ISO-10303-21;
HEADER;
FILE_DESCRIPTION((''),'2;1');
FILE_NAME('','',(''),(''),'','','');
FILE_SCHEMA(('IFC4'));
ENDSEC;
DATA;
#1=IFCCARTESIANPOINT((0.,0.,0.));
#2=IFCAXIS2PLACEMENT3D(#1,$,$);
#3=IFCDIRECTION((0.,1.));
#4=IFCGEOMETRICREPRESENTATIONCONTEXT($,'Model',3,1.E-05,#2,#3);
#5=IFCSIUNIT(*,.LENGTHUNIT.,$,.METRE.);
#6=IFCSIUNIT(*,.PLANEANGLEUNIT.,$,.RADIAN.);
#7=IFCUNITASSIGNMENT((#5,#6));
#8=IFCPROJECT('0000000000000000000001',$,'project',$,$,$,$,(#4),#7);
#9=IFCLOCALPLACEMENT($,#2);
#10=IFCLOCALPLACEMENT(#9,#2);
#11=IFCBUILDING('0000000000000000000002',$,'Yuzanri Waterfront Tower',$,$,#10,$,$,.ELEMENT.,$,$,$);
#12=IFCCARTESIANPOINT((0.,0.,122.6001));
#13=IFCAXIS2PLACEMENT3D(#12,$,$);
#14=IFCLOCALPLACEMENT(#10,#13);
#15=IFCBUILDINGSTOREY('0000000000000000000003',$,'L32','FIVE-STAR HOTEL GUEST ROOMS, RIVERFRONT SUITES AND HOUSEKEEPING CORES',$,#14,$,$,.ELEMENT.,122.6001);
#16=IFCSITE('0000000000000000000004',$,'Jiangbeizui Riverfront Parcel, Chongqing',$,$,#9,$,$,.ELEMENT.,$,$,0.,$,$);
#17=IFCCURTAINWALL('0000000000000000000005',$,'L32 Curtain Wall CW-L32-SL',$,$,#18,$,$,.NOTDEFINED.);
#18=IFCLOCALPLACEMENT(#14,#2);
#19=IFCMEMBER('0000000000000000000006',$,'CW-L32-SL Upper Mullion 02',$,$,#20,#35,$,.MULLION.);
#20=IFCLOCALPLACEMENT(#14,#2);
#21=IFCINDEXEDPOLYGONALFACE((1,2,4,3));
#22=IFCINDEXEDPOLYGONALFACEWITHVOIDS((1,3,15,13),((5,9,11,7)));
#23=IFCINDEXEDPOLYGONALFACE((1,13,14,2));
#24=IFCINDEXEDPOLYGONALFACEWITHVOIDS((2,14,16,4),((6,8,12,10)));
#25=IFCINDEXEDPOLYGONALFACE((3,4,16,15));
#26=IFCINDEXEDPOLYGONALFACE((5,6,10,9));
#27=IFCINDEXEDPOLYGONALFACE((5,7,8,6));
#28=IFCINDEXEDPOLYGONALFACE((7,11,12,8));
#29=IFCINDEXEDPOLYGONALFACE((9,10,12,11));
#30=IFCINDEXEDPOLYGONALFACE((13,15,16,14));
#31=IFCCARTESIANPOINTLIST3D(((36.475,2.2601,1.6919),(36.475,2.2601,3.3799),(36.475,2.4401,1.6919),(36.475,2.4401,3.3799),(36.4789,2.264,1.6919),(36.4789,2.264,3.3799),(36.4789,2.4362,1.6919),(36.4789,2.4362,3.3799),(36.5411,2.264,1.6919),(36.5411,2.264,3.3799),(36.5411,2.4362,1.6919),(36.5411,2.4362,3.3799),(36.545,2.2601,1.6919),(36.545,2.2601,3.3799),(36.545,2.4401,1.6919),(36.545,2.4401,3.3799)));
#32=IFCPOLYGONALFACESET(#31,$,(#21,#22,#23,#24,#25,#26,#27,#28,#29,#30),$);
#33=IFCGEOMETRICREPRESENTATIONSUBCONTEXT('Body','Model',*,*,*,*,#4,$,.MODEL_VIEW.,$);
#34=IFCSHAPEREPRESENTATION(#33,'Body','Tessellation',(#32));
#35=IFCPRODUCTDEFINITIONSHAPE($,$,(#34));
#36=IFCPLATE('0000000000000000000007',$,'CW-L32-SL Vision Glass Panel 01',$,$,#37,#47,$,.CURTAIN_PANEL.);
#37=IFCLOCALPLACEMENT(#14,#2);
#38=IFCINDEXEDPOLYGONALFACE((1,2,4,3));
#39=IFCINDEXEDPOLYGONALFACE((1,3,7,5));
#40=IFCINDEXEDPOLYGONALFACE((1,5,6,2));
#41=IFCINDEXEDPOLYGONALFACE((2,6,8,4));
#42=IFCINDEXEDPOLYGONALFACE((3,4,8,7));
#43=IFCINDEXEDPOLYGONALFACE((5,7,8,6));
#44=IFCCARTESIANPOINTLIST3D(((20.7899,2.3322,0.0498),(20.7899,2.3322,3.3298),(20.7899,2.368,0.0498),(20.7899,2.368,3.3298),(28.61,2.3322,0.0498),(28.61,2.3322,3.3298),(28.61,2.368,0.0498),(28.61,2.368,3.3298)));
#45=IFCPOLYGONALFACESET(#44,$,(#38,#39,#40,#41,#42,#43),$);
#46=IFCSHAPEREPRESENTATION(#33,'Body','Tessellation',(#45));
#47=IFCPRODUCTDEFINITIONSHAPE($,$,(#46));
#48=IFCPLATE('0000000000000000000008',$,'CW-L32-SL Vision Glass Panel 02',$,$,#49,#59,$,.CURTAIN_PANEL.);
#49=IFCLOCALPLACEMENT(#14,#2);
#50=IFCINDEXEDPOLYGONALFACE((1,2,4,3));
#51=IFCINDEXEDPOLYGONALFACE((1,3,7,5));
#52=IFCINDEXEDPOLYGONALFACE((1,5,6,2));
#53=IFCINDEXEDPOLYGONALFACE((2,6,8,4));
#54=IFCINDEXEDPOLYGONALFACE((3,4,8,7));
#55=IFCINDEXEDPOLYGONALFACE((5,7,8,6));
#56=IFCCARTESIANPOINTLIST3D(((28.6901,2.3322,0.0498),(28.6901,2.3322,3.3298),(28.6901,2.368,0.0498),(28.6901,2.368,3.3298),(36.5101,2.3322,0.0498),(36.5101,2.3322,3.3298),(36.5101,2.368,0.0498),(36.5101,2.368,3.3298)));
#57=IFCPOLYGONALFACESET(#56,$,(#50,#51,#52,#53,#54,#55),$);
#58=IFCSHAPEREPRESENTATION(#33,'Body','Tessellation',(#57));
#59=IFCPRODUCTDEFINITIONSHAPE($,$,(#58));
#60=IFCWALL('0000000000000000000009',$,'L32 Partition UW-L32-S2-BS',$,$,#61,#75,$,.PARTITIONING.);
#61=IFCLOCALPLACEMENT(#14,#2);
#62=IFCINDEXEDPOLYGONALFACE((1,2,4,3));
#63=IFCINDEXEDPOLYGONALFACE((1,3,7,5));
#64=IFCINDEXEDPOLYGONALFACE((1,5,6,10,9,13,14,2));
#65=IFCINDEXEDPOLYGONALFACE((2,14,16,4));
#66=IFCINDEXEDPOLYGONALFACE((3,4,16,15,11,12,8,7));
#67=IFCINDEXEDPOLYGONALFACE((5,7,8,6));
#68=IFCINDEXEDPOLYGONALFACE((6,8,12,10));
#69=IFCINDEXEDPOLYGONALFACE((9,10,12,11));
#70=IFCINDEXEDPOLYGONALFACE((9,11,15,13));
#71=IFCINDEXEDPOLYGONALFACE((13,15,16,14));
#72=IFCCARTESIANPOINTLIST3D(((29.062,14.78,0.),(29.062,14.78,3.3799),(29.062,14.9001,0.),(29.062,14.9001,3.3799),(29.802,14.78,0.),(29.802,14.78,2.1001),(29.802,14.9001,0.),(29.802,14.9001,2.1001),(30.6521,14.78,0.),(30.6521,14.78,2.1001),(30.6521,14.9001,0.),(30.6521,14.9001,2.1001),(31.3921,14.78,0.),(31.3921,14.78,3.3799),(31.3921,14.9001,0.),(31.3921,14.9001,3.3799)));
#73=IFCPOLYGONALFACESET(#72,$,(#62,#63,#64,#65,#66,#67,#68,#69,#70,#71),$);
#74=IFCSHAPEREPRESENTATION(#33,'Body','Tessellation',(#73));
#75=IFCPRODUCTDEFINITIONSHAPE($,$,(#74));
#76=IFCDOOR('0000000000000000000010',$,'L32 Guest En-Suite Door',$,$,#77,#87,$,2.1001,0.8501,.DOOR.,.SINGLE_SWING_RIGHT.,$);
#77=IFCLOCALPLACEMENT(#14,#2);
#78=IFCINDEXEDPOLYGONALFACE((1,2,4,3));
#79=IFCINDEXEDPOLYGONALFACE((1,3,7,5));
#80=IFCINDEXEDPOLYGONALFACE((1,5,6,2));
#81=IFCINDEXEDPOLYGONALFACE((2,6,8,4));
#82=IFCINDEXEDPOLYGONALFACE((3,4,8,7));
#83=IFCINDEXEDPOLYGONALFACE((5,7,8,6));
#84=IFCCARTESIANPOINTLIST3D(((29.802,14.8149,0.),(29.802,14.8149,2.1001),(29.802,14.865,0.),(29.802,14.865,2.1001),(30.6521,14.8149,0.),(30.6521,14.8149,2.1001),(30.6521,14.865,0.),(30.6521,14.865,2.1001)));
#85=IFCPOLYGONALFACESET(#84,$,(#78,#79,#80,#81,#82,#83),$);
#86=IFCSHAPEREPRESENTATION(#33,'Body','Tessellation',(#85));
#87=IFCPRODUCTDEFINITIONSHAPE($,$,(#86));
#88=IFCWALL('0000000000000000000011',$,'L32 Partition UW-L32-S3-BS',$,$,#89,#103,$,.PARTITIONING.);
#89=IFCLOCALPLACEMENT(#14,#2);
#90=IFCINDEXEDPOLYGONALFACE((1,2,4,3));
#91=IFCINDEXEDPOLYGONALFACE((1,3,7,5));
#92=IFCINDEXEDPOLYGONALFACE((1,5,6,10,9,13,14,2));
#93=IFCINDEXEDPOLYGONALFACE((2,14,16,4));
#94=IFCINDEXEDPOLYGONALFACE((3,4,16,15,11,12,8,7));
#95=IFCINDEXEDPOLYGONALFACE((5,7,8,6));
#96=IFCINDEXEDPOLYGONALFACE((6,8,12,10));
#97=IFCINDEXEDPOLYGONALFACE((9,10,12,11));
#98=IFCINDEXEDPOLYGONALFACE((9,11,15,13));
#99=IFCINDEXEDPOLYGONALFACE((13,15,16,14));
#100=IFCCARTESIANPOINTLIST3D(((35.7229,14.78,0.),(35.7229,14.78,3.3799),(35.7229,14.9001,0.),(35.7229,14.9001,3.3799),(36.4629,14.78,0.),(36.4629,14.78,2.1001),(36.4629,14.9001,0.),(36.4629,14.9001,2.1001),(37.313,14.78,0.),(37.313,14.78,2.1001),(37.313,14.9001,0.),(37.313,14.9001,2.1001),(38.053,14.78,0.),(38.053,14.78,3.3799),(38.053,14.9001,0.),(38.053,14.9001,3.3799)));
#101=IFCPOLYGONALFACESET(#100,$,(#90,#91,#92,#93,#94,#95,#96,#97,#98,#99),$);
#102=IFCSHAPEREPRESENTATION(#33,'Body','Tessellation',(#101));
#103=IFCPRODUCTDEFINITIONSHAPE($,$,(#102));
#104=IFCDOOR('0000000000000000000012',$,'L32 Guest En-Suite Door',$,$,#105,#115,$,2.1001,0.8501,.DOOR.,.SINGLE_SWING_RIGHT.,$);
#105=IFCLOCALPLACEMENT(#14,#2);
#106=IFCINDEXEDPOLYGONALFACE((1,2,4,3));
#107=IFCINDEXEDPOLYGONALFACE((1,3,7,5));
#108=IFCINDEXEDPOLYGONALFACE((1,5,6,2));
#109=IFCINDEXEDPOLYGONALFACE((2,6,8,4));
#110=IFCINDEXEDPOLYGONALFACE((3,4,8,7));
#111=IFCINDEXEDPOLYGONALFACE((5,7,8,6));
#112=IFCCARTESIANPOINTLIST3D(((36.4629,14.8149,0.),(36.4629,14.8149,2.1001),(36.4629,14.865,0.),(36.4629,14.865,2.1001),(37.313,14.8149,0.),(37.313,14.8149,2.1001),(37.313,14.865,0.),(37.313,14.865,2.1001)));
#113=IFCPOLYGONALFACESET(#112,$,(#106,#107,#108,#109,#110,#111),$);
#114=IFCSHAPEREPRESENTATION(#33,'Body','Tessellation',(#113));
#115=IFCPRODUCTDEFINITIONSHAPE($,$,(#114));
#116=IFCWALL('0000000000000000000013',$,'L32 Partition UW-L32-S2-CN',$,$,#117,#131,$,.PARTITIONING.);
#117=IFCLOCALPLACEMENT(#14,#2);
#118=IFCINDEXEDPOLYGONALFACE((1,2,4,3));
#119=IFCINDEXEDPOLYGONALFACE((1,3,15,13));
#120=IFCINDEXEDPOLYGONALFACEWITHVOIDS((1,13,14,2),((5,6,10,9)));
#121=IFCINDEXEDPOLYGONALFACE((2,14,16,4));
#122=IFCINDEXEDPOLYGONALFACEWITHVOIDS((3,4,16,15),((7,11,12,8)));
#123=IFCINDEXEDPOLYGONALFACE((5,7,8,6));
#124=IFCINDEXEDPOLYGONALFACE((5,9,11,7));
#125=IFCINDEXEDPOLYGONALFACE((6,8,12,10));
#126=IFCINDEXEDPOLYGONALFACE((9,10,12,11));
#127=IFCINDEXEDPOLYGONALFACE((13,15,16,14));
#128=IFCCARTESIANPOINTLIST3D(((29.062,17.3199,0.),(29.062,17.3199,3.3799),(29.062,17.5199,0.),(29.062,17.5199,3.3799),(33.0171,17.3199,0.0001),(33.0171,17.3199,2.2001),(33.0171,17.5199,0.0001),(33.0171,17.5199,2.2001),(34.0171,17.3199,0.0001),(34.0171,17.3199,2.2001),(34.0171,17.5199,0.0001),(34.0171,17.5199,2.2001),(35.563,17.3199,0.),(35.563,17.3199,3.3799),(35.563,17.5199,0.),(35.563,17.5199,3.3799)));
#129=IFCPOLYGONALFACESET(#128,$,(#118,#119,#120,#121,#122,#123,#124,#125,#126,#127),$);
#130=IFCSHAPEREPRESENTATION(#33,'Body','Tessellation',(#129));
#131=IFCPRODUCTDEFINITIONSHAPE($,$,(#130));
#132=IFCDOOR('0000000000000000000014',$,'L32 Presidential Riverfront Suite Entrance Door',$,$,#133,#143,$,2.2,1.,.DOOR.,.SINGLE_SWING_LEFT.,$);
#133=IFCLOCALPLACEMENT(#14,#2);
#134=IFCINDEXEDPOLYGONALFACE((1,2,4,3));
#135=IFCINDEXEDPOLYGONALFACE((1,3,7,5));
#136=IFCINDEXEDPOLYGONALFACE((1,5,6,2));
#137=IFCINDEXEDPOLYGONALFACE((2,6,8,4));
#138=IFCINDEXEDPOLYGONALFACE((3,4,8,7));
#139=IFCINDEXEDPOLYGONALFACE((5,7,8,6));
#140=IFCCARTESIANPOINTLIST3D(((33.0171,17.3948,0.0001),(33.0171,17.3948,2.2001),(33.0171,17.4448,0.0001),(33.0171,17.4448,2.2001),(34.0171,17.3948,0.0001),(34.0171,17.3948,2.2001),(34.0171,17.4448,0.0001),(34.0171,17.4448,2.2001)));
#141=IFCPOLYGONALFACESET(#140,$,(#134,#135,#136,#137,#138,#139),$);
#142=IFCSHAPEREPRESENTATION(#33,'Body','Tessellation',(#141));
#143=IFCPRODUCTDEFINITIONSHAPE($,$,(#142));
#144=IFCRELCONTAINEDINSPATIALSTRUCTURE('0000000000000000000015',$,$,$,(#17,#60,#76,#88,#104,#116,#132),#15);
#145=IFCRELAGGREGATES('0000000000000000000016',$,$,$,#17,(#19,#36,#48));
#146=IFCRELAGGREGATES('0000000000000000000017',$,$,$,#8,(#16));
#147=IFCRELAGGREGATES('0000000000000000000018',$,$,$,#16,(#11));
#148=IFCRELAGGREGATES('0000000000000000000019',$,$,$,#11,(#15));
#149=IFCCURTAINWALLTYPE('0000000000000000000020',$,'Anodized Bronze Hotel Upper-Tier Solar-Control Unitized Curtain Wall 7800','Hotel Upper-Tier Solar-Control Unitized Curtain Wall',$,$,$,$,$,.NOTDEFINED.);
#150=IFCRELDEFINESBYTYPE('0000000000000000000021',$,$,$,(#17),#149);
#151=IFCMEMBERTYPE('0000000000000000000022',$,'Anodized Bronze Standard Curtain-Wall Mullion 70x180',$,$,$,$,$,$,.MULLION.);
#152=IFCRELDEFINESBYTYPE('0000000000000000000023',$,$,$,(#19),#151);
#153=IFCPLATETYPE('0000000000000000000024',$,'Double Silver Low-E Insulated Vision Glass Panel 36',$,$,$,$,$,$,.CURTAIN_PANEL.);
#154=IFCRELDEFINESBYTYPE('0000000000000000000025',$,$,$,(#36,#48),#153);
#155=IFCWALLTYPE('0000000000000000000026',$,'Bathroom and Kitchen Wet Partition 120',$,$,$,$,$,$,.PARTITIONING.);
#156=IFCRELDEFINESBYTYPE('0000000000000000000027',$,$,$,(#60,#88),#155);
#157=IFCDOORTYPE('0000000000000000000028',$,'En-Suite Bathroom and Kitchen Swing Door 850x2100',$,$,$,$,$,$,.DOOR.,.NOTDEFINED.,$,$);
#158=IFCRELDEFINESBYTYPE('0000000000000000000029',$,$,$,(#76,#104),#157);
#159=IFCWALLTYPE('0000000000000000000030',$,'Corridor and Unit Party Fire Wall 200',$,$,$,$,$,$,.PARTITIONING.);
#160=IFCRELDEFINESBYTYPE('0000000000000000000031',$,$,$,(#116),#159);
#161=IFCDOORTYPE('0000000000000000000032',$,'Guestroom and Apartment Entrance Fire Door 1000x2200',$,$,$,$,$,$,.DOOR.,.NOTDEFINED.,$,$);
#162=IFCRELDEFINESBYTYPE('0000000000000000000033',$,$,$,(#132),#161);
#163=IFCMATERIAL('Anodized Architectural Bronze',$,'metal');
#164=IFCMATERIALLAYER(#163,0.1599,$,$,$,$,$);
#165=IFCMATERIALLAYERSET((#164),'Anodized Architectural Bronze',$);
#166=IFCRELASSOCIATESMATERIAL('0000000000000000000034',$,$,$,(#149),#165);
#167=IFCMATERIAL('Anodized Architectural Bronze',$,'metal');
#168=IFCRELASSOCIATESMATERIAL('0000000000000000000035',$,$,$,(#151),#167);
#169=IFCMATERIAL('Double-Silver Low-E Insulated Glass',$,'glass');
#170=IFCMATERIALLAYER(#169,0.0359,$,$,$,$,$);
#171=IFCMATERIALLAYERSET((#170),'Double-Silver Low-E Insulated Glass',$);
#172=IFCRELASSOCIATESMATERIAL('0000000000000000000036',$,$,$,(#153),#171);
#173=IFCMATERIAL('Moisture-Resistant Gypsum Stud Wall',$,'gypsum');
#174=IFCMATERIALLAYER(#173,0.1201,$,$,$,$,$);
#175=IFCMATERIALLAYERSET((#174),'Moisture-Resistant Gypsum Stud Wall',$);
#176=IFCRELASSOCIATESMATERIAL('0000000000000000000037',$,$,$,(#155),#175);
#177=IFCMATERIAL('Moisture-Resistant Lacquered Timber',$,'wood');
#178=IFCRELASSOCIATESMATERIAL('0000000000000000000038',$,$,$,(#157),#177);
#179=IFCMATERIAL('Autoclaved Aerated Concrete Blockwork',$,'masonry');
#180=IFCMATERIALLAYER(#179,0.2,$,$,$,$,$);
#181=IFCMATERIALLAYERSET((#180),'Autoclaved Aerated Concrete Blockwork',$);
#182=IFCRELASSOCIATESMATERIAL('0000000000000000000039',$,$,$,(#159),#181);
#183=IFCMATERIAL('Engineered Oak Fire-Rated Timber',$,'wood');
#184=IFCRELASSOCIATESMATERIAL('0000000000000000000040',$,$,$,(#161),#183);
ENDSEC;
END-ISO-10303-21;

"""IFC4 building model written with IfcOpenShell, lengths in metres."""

from ifc_helpers import new_model, si_unit, direction, frame, frame_2d, origin, origin_2d, place, context, subcontext, project, spatial, rectangle, hollow_rectangle, extrude, source, transform, mapped, material, layer, layer_set, material_profile, profile_set, type_object, element, fill, aggregate, save


model = new_model("IFC4")

# Units and contexts
model_context = context("Model", 3, precision=1e-05, world=origin(), true_north=direction((0.0, 1.0)))
body_context = subcontext(model_context, "Body", "Model", "MODEL_VIEW")
ifc_project = project(units=[si_unit("LENGTHUNIT", "METRE"), si_unit("PLANEANGLEUNIT", "RADIAN")], contexts=[model_context])

# Site, building, storey
site_placement = place(None, origin())
site = spatial("IfcSite", under=ifc_project, at=site_placement, Name="Jiangbeizui Riverfront Parcel, Chongqing", CompositionType="ELEMENT", RefElevation=0.0)
building_placement = place(site_placement, origin())
building = spatial("IfcBuilding", under=site, at=building_placement, Name="Yuzanri Waterfront Tower", CompositionType="ELEMENT")
storey_placement = place(building_placement, frame((0.0, 0.0, 122.6001)))
storey = spatial("IfcBuildingStorey", under=building, at=storey_placement, Name="L32", Description="FIVE-STAR HOTEL GUEST ROOMS, RIVERFRONT SUITES AND HOUSEKEEPING CORES", CompositionType="ELEMENT", Elevation=122.6001)

# Curtain wall, member, plates
ifc_material_1 = material(Name="Anodized Architectural Bronze", Category="metal")
ifc_layer_1 = layer(ifc_material_1, 0.1599)
ifc_layer_set_1 = layer_set([ifc_layer_1], Name="Anodized Architectural Bronze")
curtain_wall_type = type_object("IfcCurtainWallType", Name="Anodized Bronze Hotel Upper-Tier Solar-Control Unitized Curtain Wall 7800", Description="Hotel Upper-Tier Solar-Control Unitized Curtain Wall", PredefinedType="NOTDEFINED", material=ifc_layer_set_1)
curtain_wall_placement = place(storey_placement, origin())
curtain_wall = element("IfcCurtainWall", 1, at=curtain_wall_placement, inside=storey, type_object=curtain_wall_type, Name="L32 Curtain Wall CW-L32-SL", PredefinedType="NOTDEFINED")
ifc_material_2 = material(Name="Anodized Architectural Bronze", Category="metal")
ifc_material_profile_1 = material_profile(ifc_material_2, hollow_rectangle(XDim=0.0701, YDim=0.1799, WallThickness=0.0039, at=origin_2d()), Name="CWM 70x180")
ifc_profile_set_1 = profile_set([ifc_material_profile_1], Name="Anodized Architectural Bronze")
member_type = type_object("IfcMemberType", Name="Anodized Bronze Standard Curtain-Wall Mullion 70x180", PredefinedType="MULLION", material=ifc_profile_set_1)
shared_shape_1 = source(origin(), body_context, "Body", "SweptSolid", [
    extrude(hollow_rectangle(XDim=0.0701, YDim=0.1799, WallThickness=0.0039, at=origin_2d()), origin(), (0.0, 0.0, 1.0), 1.688),
])
member_1_placement = place(storey_placement, frame((36.51, 2.3501, 1.6919), z_axis=(0.0, 0.0, 1.0), x_axis=(1.0, 0.0, 0.0)))
member_1 = element("IfcMember", 2, at=member_1_placement, type_object=member_type, Name="CW-L32-SL Upper Mullion 02", PredefinedType="MULLION", context=body_context, shape_type="MappedRepresentation", body=[
    mapped(shared_shape_1, transform((0.0, 0.0, 0.0), scale=1.0)),
])
ifc_material_3 = material(Name="Double-Silver Low-E Insulated Glass", Category="glass")
ifc_layer_2 = layer(ifc_material_3, 0.0359)
ifc_layer_set_2 = layer_set([ifc_layer_2], Name="Double-Silver Low-E Insulated Glass")
plate_type = type_object("IfcPlateType", Name="Double Silver Low-E Insulated Vision Glass Panel 36", PredefinedType="CURTAIN_PANEL", material=ifc_layer_set_2)
shared_shape_2 = source(origin(), body_context, "Body", "SweptSolid", [
    extrude(rectangle(XDim=7.8201, YDim=0.0359, at=origin_2d()), origin(), (0.0, 0.0, 1.0), 3.28),
])
plate_1_placement = place(storey_placement, frame((24.7, 2.3501, 0.0498), z_axis=(0.0, 0.0, 1.0), x_axis=(1.0, 0.0, 0.0)))
plate_1 = element("IfcPlate", 3, at=plate_1_placement, type_object=plate_type, Name="CW-L32-SL Vision Glass Panel 01", PredefinedType="CURTAIN_PANEL", context=body_context, shape_type="MappedRepresentation", body=[
    mapped(shared_shape_2, transform((0.0, 0.0, 0.0), scale=1.0)),
])
plate_2_placement = place(storey_placement, frame((32.6001, 2.3501, 0.0498), z_axis=(0.0, 0.0, 1.0), x_axis=(1.0, 0.0, 0.0)))
plate_2 = element("IfcPlate", 4, at=plate_2_placement, type_object=plate_type, Name="CW-L32-SL Vision Glass Panel 02", PredefinedType="CURTAIN_PANEL", context=body_context, shape_type="MappedRepresentation", body=[
    mapped(shared_shape_2, transform((0.0, 0.0, 0.0), scale=1.0)),
])
aggregate(curtain_wall, [member_1, plate_1, plate_2])

# Walls, openings, doors
ifc_material_4 = material(Name="Moisture-Resistant Gypsum Stud Wall", Category="gypsum")
ifc_layer_3 = layer(ifc_material_4, 0.1201)
ifc_layer_set_3 = layer_set([ifc_layer_3], Name="Moisture-Resistant Gypsum Stud Wall")
wall_type_1 = type_object("IfcWallType", Name="Bathroom and Kitchen Wet Partition 120", PredefinedType="PARTITIONING", material=ifc_layer_set_3)
wall_1_placement = place(storey_placement, frame((29.062, 14.8401, 0.0), z_axis=(0.0, 0.0, 1.0), x_axis=(1.0, 0.0, 0.0)))
wall_1 = element("IfcWall", 5, at=wall_1_placement, inside=storey, type_object=wall_type_1, Name="L32 Partition UW-L32-S2-BS", PredefinedType="PARTITIONING", context=body_context, shape_type="SweptSolid", body=[
    extrude(rectangle(XDim=2.3301, YDim=0.1201, at=frame_2d((1.165, 0.0))), origin(), (0.0, 0.0, 1.0), 3.3799),
])
opening_1_placement = place(wall_1_placement, frame((0.74, 0.0, 0.0)))
opening_1 = element("IfcOpeningElement", 6, at=opening_1_placement, cuts=wall_1, PredefinedType="OPENING", context=body_context, shape_type="SweptSolid", body=[
    extrude(rectangle(XDim=0.8501, YDim=2.1001, at=frame_2d((0.425, 1.05))), frame((0.0, 0.075, 0.0), z_axis=(0.0, -1.0, 0.0), x_axis=(1.0, 0.0, 0.0)), (0.0, 0.0, 1.0), 0.1499),
])
ifc_material_5 = material(Name="Moisture-Resistant Lacquered Timber", Category="wood")
door_type_1 = type_object("IfcDoorType", Name="En-Suite Bathroom and Kitchen Swing Door 850x2100", OperationType="NOTDEFINED", PredefinedType="DOOR", material=ifc_material_5)
shared_shape_3 = source(origin(), body_context, "Body", "SweptSolid", [
    extrude(rectangle(XDim=0.8501, YDim=2.1001, at=frame_2d((0.425, 1.05))), frame((0.0, 0.0249, 0.0), z_axis=(0.0, -1.0, 0.0), x_axis=(1.0, 0.0, 0.0)), (0.0, 0.0, 1.0), 0.05),
])
door_1_placement = place(opening_1_placement, origin())
door_1 = element("IfcDoor", 7, at=door_1_placement, inside=storey, type_object=door_type_1, Name="L32 Guest En-Suite Door", OperationType="SINGLE_SWING_RIGHT", OverallHeight=2.1001, OverallWidth=0.8501, PredefinedType="DOOR", context=body_context, shape_type="MappedRepresentation", body=[
    mapped(shared_shape_3, transform((0.0, 0.0, 0.0), scale=1.0)),
])
fill(opening_1, door_1)
wall_2_placement = place(storey_placement, frame((35.7229, 14.8401, 0.0), z_axis=(0.0, 0.0, 1.0), x_axis=(1.0, 0.0, 0.0)))
wall_2 = element("IfcWall", 8, at=wall_2_placement, inside=storey, type_object=wall_type_1, Name="L32 Partition UW-L32-S3-BS", PredefinedType="PARTITIONING", context=body_context, shape_type="SweptSolid", body=[
    extrude(rectangle(XDim=2.3301, YDim=0.1201, at=frame_2d((1.165, 0.0))), origin(), (0.0, 0.0, 1.0), 3.3799),
])
opening_2_placement = place(wall_2_placement, frame((0.74, 0.0, 0.0)))
opening_2 = element("IfcOpeningElement", 9, at=opening_2_placement, cuts=wall_2, PredefinedType="OPENING", context=body_context, shape_type="SweptSolid", body=[
    extrude(rectangle(XDim=0.8501, YDim=2.1001, at=frame_2d((0.425, 1.05))), frame((0.0, 0.075, 0.0), z_axis=(0.0, -1.0, 0.0), x_axis=(1.0, 0.0, 0.0)), (0.0, 0.0, 1.0), 0.1499),
])
door_2_placement = place(opening_2_placement, origin())
door_2 = element("IfcDoor", 10, at=door_2_placement, inside=storey, type_object=door_type_1, Name="L32 Guest En-Suite Door", OperationType="SINGLE_SWING_RIGHT", OverallHeight=2.1001, OverallWidth=0.8501, PredefinedType="DOOR", context=body_context, shape_type="MappedRepresentation", body=[
    mapped(shared_shape_3, transform((0.0, 0.0, 0.0), scale=1.0)),
])
fill(opening_2, door_2)
ifc_material_6 = material(Name="Autoclaved Aerated Concrete Blockwork", Category="masonry")
ifc_layer_4 = layer(ifc_material_6, 0.2)
ifc_layer_set_4 = layer_set([ifc_layer_4], Name="Autoclaved Aerated Concrete Blockwork")
wall_type_2 = type_object("IfcWallType", Name="Corridor and Unit Party Fire Wall 200", PredefinedType="PARTITIONING", material=ifc_layer_set_4)
wall_3_placement = place(storey_placement, frame((29.062, 17.4199, 0.0), z_axis=(0.0, 0.0, 1.0), x_axis=(1.0, 0.0, 0.0)))
wall_3 = element("IfcWall", 11, at=wall_3_placement, inside=storey, type_object=wall_type_2, Name="L32 Partition UW-L32-S2-CN", PredefinedType="PARTITIONING", context=body_context, shape_type="SweptSolid", body=[
    extrude(rectangle(XDim=6.501, YDim=0.2, at=frame_2d((3.2505, 0.0))), origin(), (0.0, 0.0, 1.0), 3.3799),
])
opening_3_placement = place(wall_3_placement, frame((3.9551, 0.0, 0.0)))
opening_3 = element("IfcOpeningElement", 12, at=opening_3_placement, cuts=wall_3, PredefinedType="OPENING", context=body_context, shape_type="SweptSolid", body=[
    extrude(rectangle(XDim=1.0, YDim=2.2, at=frame_2d((0.5, 1.1001))), frame((0.0, 0.1147, 0.0), z_axis=(0.0, -1.0, 0.0), x_axis=(1.0, 0.0, 0.0)), (0.0, 0.0, 1.0), 0.2297),
])
ifc_material_7 = material(Name="Engineered Oak Fire-Rated Timber", Category="wood")
door_type_2 = type_object("IfcDoorType", Name="Guestroom and Apartment Entrance Fire Door 1000x2200", OperationType="NOTDEFINED", PredefinedType="DOOR", material=ifc_material_7)
shared_shape_4 = source(origin(), body_context, "Body", "SweptSolid", [
    extrude(rectangle(XDim=1.0, YDim=2.2, at=frame_2d((0.5, 1.1001))), frame((0.0, 0.0249, 0.0), z_axis=(0.0, -1.0, 0.0), x_axis=(1.0, 0.0, 0.0)), (0.0, 0.0, 1.0), 0.05),
])
door_3_placement = place(opening_3_placement, origin())
door_3 = element("IfcDoor", 13, at=door_3_placement, inside=storey, type_object=door_type_2, Name="L32 Presidential Riverfront Suite Entrance Door", OperationType="SINGLE_SWING_LEFT", OverallHeight=2.2, OverallWidth=1.0, PredefinedType="DOOR", context=body_context, shape_type="MappedRepresentation", body=[
    mapped(shared_shape_4, transform((0.0, 0.0, 0.0), scale=1.0)),
])
fill(opening_3, door_3)

save(model, "model.ifc")
